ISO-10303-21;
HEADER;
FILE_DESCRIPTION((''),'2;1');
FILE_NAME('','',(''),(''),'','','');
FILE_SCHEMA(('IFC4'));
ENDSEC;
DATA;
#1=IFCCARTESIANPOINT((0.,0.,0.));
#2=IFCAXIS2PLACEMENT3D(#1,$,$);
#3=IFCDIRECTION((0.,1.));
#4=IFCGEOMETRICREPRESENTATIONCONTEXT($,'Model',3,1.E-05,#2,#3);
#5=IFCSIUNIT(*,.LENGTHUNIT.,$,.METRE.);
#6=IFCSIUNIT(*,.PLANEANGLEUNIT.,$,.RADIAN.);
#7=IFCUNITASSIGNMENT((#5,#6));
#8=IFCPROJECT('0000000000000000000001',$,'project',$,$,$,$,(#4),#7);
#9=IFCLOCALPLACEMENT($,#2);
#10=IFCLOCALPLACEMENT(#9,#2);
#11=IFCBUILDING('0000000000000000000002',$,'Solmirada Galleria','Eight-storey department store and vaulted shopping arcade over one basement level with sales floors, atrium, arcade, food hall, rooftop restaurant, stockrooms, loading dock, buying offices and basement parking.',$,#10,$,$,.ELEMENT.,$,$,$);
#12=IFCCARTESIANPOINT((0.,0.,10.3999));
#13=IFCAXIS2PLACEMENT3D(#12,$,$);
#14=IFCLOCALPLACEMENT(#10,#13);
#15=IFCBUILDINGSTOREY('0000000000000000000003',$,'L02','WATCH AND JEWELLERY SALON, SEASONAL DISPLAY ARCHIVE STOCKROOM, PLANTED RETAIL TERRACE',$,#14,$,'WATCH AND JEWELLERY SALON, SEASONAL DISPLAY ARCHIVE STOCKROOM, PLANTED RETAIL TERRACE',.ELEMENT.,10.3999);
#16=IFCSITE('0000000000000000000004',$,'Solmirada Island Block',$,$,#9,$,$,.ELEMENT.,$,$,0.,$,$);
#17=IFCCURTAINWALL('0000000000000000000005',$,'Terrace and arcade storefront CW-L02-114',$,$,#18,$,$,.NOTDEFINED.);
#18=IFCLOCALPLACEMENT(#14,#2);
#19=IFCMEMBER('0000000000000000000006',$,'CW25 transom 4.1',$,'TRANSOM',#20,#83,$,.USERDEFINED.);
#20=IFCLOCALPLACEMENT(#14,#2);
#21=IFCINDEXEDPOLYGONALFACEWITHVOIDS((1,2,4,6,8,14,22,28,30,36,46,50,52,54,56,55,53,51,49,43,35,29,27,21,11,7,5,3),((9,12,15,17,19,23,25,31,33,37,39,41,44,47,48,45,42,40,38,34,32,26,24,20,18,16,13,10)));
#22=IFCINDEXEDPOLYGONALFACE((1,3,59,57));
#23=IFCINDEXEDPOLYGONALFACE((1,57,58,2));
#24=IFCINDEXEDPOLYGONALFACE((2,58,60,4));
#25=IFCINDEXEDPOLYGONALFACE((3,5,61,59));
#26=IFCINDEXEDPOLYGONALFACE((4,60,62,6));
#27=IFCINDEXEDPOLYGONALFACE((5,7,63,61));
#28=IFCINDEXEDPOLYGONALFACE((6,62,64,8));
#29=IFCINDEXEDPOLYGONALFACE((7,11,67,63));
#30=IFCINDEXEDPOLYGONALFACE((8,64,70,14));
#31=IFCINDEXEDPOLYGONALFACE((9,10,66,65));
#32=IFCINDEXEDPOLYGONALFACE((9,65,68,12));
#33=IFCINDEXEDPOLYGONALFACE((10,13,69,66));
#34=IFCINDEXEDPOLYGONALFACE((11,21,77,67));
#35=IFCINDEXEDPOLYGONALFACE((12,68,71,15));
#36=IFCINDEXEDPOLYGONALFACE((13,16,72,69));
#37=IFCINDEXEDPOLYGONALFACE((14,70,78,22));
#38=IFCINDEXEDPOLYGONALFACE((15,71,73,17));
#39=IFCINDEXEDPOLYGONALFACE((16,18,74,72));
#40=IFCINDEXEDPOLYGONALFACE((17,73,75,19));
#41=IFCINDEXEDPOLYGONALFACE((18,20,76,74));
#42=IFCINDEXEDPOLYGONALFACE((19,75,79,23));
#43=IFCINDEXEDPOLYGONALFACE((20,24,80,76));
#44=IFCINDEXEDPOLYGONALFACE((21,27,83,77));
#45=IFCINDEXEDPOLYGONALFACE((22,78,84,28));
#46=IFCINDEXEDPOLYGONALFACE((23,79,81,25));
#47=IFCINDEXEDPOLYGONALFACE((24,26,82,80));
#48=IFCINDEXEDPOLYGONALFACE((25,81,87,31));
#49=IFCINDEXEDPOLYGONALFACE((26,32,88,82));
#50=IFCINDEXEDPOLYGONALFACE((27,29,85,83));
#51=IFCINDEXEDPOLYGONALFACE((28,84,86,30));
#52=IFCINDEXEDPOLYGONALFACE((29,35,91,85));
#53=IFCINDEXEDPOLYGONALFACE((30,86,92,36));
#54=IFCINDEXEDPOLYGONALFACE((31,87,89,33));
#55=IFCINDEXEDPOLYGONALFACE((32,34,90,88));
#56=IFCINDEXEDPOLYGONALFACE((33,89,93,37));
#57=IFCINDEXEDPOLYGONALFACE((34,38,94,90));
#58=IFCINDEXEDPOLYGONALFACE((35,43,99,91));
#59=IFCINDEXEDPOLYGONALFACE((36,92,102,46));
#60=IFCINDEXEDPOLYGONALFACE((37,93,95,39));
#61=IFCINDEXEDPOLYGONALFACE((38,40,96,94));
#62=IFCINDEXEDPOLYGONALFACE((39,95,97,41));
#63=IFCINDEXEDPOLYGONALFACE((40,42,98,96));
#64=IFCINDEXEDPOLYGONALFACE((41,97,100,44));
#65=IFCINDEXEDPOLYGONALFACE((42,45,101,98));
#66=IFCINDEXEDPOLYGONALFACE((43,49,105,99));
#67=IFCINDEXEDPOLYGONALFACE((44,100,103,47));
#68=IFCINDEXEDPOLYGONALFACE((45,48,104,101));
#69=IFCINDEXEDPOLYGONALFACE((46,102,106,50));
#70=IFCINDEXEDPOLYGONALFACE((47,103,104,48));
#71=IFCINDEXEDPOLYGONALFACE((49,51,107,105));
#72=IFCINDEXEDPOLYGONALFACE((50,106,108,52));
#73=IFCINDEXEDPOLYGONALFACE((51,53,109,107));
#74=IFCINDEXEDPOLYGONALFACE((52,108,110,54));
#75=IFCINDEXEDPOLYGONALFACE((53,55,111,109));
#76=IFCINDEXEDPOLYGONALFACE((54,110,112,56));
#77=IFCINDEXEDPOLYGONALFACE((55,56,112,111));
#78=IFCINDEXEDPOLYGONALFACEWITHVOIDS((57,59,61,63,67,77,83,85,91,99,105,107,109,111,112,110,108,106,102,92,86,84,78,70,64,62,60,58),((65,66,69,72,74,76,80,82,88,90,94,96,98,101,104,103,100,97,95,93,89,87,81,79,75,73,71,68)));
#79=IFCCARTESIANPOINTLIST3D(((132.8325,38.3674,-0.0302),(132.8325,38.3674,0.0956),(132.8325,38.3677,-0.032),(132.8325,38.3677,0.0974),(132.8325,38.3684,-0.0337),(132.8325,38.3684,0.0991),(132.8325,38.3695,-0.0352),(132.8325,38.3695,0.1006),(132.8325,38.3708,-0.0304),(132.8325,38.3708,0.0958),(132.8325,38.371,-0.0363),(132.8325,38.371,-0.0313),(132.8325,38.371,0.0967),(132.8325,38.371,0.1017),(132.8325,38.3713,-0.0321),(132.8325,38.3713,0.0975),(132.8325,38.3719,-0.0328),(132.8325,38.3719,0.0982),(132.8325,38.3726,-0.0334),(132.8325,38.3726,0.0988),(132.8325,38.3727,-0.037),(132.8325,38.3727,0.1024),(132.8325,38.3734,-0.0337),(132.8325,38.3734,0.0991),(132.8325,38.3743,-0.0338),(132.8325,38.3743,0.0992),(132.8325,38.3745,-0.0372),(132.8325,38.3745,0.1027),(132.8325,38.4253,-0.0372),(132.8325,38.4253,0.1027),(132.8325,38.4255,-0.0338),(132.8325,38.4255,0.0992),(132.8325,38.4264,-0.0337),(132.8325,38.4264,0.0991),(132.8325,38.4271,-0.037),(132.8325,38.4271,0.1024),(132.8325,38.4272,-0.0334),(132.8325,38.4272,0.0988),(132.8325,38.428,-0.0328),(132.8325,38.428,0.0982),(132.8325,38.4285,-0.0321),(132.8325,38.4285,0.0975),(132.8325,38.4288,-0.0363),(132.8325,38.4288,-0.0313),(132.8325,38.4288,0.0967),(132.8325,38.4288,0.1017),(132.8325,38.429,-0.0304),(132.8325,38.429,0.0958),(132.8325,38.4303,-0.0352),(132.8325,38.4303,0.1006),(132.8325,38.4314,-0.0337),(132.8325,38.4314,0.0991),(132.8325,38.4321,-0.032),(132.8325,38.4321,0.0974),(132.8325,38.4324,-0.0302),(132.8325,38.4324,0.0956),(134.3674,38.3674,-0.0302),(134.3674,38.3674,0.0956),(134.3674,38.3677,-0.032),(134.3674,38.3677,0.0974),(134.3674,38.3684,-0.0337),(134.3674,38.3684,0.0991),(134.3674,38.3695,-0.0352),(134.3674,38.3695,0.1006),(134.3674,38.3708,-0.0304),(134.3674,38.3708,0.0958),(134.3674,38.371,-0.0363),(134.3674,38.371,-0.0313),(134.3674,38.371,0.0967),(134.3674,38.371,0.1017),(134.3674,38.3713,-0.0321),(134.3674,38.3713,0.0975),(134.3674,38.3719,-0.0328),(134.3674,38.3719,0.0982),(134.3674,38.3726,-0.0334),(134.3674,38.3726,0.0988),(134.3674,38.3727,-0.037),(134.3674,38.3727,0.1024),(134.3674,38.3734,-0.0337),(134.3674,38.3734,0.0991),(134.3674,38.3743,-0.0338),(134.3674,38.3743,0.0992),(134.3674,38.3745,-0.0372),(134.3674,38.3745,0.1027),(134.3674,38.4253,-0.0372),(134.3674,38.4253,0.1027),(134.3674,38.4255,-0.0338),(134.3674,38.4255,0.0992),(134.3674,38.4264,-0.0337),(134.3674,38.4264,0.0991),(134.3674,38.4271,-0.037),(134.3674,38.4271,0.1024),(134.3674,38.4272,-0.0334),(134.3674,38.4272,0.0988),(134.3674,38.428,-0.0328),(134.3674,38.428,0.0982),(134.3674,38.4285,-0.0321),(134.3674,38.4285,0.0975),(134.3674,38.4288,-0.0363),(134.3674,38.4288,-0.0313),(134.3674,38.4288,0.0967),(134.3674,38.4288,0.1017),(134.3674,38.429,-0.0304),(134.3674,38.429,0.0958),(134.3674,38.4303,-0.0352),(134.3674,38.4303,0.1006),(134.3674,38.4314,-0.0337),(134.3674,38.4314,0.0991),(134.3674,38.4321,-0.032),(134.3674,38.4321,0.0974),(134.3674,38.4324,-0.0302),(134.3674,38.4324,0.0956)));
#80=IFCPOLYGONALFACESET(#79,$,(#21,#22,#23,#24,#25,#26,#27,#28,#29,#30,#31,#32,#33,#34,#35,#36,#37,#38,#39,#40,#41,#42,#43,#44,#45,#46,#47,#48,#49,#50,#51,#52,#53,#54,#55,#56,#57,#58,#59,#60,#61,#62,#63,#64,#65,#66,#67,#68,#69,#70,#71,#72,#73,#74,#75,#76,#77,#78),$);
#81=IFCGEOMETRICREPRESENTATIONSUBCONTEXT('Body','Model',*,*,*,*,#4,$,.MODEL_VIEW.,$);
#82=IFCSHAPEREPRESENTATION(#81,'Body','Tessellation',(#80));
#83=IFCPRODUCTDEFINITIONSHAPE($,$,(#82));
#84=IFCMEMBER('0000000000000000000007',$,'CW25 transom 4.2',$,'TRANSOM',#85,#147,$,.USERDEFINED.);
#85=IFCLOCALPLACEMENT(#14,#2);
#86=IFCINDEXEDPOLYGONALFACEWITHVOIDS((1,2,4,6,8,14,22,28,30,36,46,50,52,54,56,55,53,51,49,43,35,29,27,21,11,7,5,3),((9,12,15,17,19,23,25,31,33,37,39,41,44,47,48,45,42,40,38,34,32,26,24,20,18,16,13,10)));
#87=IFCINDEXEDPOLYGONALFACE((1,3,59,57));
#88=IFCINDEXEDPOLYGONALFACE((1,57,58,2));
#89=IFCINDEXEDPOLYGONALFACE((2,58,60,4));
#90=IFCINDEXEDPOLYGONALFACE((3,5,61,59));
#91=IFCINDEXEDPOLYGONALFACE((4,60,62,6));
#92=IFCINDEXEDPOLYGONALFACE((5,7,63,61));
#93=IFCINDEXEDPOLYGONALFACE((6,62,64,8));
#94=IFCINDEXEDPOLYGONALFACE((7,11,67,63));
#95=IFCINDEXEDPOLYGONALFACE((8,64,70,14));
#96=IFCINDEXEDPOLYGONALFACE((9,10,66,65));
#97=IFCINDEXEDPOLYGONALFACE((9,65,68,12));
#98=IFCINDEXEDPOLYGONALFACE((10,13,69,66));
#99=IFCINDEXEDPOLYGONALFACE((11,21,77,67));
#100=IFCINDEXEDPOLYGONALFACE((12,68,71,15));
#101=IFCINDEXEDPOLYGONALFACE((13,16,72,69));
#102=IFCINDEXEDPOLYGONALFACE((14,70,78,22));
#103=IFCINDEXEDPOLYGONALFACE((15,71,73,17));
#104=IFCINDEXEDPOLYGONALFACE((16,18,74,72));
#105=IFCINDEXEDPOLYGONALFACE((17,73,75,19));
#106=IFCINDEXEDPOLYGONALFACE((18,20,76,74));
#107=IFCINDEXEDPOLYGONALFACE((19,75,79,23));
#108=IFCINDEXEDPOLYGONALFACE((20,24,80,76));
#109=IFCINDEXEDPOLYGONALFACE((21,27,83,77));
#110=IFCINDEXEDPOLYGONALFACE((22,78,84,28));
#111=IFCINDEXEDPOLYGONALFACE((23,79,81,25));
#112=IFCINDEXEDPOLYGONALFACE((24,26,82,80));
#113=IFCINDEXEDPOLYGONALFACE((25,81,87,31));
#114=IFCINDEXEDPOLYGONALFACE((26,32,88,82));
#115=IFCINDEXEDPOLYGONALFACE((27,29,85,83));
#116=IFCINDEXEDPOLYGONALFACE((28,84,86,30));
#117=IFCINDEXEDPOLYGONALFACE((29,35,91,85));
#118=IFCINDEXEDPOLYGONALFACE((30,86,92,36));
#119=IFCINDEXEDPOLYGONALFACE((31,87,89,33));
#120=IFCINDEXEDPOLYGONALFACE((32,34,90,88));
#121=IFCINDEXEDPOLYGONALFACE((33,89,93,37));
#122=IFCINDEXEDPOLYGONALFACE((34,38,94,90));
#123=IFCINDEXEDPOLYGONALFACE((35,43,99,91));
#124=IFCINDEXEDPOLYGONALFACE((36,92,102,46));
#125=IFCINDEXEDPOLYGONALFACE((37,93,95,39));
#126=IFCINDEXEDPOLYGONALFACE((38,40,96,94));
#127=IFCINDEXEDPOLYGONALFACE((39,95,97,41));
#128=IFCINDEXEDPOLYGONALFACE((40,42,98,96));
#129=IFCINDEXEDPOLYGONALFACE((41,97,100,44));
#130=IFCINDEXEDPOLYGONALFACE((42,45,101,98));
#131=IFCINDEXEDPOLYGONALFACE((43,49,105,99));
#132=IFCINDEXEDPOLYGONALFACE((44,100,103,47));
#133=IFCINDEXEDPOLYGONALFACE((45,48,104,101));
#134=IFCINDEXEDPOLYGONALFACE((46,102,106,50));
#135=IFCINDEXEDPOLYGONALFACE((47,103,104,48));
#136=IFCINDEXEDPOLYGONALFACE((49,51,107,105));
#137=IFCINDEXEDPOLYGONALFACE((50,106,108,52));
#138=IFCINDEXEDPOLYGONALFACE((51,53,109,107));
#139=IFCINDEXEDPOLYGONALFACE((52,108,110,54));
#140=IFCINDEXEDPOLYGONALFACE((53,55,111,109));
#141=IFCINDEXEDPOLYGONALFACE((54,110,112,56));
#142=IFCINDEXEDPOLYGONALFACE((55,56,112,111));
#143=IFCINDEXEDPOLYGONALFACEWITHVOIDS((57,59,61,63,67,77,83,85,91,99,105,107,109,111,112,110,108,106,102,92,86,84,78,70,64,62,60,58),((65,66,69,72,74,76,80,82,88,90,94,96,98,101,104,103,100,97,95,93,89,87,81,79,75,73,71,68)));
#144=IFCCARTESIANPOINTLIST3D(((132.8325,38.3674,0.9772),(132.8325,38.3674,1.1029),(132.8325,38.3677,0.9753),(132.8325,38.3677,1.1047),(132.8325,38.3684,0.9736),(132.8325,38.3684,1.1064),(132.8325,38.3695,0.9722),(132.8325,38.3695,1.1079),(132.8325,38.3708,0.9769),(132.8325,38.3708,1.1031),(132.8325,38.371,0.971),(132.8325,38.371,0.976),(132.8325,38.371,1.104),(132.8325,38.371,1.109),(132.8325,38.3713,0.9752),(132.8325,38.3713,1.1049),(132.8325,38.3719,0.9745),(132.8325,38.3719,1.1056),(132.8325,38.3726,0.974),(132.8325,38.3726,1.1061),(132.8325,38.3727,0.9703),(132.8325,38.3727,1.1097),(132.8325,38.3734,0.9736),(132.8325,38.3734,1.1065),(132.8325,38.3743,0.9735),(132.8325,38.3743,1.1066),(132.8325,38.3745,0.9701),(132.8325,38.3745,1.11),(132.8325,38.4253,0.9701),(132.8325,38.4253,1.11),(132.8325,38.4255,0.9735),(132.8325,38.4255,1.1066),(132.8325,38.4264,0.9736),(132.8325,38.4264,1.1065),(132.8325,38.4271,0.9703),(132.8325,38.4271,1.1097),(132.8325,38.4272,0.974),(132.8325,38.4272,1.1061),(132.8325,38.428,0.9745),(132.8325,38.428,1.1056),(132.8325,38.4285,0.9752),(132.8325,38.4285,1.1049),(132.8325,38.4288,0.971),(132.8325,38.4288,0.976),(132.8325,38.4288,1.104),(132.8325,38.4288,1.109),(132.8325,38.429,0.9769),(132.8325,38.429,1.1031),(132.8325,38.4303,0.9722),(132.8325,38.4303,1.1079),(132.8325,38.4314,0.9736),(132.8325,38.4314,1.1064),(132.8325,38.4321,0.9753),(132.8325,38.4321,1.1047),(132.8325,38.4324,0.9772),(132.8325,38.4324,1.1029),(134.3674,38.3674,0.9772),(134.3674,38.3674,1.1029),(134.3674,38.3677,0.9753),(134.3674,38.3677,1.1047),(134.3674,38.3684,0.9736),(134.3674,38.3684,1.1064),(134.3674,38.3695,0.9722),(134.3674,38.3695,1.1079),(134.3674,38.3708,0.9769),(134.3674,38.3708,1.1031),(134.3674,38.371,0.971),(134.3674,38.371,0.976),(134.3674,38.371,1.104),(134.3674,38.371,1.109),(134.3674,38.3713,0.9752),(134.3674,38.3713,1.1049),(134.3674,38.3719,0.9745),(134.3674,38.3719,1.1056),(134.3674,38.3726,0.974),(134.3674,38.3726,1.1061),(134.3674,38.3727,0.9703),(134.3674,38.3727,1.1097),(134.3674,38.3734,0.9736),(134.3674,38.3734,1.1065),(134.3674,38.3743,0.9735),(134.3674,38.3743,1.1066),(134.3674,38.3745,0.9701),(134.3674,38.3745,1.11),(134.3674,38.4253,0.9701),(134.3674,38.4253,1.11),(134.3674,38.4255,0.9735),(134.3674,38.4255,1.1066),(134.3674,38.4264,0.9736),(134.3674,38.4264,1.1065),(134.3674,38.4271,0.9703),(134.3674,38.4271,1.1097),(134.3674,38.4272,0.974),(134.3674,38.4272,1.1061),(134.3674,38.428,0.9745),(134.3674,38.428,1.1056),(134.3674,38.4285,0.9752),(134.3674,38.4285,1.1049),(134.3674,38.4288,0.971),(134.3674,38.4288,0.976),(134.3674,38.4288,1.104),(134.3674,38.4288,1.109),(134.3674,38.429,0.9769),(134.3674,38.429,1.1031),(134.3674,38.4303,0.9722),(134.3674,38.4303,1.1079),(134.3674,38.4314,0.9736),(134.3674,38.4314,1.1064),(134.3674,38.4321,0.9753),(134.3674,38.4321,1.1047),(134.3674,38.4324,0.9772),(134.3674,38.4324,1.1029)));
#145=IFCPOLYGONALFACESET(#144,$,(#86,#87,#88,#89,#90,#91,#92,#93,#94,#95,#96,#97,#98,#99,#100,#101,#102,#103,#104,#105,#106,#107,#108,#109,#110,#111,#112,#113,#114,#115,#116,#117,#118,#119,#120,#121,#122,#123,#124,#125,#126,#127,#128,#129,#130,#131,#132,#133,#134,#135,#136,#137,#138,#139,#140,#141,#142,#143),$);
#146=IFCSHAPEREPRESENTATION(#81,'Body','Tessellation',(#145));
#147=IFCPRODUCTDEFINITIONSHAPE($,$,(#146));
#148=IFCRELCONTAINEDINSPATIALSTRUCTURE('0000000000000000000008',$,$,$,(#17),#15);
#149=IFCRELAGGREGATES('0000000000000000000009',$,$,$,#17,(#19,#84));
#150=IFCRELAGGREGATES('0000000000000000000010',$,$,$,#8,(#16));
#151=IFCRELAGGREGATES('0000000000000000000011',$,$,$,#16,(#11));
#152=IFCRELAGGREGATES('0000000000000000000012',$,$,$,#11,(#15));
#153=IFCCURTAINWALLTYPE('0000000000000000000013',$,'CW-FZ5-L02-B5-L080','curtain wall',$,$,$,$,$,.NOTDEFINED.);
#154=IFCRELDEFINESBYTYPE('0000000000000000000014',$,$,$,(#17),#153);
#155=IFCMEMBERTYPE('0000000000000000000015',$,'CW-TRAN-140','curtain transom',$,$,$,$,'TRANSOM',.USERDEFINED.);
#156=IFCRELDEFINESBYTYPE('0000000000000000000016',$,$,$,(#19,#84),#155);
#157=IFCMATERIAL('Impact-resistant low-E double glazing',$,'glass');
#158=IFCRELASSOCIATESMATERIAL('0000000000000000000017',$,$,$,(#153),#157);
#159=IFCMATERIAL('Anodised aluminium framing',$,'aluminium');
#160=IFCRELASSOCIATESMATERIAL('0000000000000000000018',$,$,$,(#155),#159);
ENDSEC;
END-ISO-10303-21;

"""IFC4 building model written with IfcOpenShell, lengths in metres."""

from ifc_helpers import new_model, si_unit, direction, frame, origin, origin_2d, place, context, subcontext, project, spatial, hollow_rectangle, extrude, material, material_profile, profile_set, type_object, element, aggregate, save


model = new_model("IFC4")

# Units and contexts
model_context = context("Model", 3, precision=1e-05, world=origin(), true_north=direction((0.0, 1.0)))
body_context = subcontext(model_context, "Body", "Model", "MODEL_VIEW")
ifc_project = project(units=[si_unit("LENGTHUNIT", "METRE"), si_unit("PLANEANGLEUNIT", "RADIAN")], contexts=[model_context])

# Site, building, storey
site_placement = place(None, origin())
site = spatial("IfcSite", under=ifc_project, at=site_placement, Name="Solmirada Island Block", CompositionType="ELEMENT", RefElevation=0.0)
building_placement = place(site_placement, origin())
building = spatial("IfcBuilding", under=site, at=building_placement, Name="Solmirada Galleria", Description="Eight-storey department store and vaulted shopping arcade over one basement level with sales floors, atrium, arcade, food hall, rooftop restaurant, stockrooms, loading dock, buying offices and basement parking.", CompositionType="ELEMENT")
storey_placement = place(building_placement, frame((0.0, 0.0, 10.3999)))
storey = spatial("IfcBuildingStorey", under=building, at=storey_placement, Name="L02", Description="WATCH AND JEWELLERY SALON, SEASONAL DISPLAY ARCHIVE STOCKROOM, PLANTED RETAIL TERRACE", LongName="WATCH AND JEWELLERY SALON, SEASONAL DISPLAY ARCHIVE STOCKROOM, PLANTED RETAIL TERRACE", CompositionType="ELEMENT", Elevation=10.3999)

# Shared definitions
ifc_material_1 = material(Name="Impact-resistant low-E double glazing", Category="glass")
curtain_wall_type = type_object("IfcCurtainWallType", Name="CW-FZ5-L02-B5-L080", Description="curtain wall", PredefinedType="NOTDEFINED", material=ifc_material_1)
ifc_material_2 = material(Name="Anodised aluminium framing", Category="aluminium")

# Curtain wall
curtain_wall_1_placement = place(storey_placement, origin())
curtain_wall_1 = element("IfcCurtainWall", 1, at=curtain_wall_1_placement, inside=storey, type_object=curtain_wall_type, Name="Terrace and arcade storefront CW-L02-114", PredefinedType="NOTDEFINED")

# Members
ifc_material_profile_1 = material_profile(ifc_material_2, hollow_rectangle(XDim=0.0649, YDim=0.1399, WallThickness=0.0034, InnerFilletRadius=0.0034, OuterFilletRadius=0.0071, at=origin_2d()), Name="ALU-TRAN-140X65")
ifc_profile_set_1 = profile_set([ifc_material_profile_1], Name="Anodised aluminium framing")
member_type_1 = type_object("IfcMemberType", Name="CW-TRAN-140", Description="curtain transom", ElementType="TRANSOM", PredefinedType="USERDEFINED", material=ifc_profile_set_1)
member_1_placement = place(storey_placement, frame((132.8325, 38.3999, 0.0327), z_axis=(1.0, 0.0, 0.0), x_axis=(0.0, 1.0, 0.0)))
member_1 = element("IfcMember", 2, at=member_1_placement, type_object=member_type_1, Name="CW25 transom 4.1", ObjectType="TRANSOM", PredefinedType="USERDEFINED", context=body_context, shape_type="SweptSolid", body=[
    extrude(hollow_rectangle(XDim=0.0649, YDim=0.1399, WallThickness=0.0034, InnerFilletRadius=0.0034, OuterFilletRadius=0.0071, at=origin_2d()), origin(), (0.0, 0.0, 1.0), 1.5349),
])
member_2_placement = place(storey_placement, frame((132.8325, 38.3999, 1.04), z_axis=(1.0, 0.0, 0.0), x_axis=(0.0, 1.0, 0.0)))
member_2 = element("IfcMember", 3, at=member_2_placement, type_object=member_type_1, Name="CW25 transom 4.2", ObjectType="TRANSOM", PredefinedType="USERDEFINED", context=body_context, shape_type="SweptSolid", body=[
    extrude(hollow_rectangle(XDim=0.0649, YDim=0.1399, WallThickness=0.0034, InnerFilletRadius=0.0034, OuterFilletRadius=0.0071, at=origin_2d()), origin(), (0.0, 0.0, 1.0), 1.5349),
])

aggregate(curtain_wall_1, [member_1, member_2])

save(model, "model.ifc")
